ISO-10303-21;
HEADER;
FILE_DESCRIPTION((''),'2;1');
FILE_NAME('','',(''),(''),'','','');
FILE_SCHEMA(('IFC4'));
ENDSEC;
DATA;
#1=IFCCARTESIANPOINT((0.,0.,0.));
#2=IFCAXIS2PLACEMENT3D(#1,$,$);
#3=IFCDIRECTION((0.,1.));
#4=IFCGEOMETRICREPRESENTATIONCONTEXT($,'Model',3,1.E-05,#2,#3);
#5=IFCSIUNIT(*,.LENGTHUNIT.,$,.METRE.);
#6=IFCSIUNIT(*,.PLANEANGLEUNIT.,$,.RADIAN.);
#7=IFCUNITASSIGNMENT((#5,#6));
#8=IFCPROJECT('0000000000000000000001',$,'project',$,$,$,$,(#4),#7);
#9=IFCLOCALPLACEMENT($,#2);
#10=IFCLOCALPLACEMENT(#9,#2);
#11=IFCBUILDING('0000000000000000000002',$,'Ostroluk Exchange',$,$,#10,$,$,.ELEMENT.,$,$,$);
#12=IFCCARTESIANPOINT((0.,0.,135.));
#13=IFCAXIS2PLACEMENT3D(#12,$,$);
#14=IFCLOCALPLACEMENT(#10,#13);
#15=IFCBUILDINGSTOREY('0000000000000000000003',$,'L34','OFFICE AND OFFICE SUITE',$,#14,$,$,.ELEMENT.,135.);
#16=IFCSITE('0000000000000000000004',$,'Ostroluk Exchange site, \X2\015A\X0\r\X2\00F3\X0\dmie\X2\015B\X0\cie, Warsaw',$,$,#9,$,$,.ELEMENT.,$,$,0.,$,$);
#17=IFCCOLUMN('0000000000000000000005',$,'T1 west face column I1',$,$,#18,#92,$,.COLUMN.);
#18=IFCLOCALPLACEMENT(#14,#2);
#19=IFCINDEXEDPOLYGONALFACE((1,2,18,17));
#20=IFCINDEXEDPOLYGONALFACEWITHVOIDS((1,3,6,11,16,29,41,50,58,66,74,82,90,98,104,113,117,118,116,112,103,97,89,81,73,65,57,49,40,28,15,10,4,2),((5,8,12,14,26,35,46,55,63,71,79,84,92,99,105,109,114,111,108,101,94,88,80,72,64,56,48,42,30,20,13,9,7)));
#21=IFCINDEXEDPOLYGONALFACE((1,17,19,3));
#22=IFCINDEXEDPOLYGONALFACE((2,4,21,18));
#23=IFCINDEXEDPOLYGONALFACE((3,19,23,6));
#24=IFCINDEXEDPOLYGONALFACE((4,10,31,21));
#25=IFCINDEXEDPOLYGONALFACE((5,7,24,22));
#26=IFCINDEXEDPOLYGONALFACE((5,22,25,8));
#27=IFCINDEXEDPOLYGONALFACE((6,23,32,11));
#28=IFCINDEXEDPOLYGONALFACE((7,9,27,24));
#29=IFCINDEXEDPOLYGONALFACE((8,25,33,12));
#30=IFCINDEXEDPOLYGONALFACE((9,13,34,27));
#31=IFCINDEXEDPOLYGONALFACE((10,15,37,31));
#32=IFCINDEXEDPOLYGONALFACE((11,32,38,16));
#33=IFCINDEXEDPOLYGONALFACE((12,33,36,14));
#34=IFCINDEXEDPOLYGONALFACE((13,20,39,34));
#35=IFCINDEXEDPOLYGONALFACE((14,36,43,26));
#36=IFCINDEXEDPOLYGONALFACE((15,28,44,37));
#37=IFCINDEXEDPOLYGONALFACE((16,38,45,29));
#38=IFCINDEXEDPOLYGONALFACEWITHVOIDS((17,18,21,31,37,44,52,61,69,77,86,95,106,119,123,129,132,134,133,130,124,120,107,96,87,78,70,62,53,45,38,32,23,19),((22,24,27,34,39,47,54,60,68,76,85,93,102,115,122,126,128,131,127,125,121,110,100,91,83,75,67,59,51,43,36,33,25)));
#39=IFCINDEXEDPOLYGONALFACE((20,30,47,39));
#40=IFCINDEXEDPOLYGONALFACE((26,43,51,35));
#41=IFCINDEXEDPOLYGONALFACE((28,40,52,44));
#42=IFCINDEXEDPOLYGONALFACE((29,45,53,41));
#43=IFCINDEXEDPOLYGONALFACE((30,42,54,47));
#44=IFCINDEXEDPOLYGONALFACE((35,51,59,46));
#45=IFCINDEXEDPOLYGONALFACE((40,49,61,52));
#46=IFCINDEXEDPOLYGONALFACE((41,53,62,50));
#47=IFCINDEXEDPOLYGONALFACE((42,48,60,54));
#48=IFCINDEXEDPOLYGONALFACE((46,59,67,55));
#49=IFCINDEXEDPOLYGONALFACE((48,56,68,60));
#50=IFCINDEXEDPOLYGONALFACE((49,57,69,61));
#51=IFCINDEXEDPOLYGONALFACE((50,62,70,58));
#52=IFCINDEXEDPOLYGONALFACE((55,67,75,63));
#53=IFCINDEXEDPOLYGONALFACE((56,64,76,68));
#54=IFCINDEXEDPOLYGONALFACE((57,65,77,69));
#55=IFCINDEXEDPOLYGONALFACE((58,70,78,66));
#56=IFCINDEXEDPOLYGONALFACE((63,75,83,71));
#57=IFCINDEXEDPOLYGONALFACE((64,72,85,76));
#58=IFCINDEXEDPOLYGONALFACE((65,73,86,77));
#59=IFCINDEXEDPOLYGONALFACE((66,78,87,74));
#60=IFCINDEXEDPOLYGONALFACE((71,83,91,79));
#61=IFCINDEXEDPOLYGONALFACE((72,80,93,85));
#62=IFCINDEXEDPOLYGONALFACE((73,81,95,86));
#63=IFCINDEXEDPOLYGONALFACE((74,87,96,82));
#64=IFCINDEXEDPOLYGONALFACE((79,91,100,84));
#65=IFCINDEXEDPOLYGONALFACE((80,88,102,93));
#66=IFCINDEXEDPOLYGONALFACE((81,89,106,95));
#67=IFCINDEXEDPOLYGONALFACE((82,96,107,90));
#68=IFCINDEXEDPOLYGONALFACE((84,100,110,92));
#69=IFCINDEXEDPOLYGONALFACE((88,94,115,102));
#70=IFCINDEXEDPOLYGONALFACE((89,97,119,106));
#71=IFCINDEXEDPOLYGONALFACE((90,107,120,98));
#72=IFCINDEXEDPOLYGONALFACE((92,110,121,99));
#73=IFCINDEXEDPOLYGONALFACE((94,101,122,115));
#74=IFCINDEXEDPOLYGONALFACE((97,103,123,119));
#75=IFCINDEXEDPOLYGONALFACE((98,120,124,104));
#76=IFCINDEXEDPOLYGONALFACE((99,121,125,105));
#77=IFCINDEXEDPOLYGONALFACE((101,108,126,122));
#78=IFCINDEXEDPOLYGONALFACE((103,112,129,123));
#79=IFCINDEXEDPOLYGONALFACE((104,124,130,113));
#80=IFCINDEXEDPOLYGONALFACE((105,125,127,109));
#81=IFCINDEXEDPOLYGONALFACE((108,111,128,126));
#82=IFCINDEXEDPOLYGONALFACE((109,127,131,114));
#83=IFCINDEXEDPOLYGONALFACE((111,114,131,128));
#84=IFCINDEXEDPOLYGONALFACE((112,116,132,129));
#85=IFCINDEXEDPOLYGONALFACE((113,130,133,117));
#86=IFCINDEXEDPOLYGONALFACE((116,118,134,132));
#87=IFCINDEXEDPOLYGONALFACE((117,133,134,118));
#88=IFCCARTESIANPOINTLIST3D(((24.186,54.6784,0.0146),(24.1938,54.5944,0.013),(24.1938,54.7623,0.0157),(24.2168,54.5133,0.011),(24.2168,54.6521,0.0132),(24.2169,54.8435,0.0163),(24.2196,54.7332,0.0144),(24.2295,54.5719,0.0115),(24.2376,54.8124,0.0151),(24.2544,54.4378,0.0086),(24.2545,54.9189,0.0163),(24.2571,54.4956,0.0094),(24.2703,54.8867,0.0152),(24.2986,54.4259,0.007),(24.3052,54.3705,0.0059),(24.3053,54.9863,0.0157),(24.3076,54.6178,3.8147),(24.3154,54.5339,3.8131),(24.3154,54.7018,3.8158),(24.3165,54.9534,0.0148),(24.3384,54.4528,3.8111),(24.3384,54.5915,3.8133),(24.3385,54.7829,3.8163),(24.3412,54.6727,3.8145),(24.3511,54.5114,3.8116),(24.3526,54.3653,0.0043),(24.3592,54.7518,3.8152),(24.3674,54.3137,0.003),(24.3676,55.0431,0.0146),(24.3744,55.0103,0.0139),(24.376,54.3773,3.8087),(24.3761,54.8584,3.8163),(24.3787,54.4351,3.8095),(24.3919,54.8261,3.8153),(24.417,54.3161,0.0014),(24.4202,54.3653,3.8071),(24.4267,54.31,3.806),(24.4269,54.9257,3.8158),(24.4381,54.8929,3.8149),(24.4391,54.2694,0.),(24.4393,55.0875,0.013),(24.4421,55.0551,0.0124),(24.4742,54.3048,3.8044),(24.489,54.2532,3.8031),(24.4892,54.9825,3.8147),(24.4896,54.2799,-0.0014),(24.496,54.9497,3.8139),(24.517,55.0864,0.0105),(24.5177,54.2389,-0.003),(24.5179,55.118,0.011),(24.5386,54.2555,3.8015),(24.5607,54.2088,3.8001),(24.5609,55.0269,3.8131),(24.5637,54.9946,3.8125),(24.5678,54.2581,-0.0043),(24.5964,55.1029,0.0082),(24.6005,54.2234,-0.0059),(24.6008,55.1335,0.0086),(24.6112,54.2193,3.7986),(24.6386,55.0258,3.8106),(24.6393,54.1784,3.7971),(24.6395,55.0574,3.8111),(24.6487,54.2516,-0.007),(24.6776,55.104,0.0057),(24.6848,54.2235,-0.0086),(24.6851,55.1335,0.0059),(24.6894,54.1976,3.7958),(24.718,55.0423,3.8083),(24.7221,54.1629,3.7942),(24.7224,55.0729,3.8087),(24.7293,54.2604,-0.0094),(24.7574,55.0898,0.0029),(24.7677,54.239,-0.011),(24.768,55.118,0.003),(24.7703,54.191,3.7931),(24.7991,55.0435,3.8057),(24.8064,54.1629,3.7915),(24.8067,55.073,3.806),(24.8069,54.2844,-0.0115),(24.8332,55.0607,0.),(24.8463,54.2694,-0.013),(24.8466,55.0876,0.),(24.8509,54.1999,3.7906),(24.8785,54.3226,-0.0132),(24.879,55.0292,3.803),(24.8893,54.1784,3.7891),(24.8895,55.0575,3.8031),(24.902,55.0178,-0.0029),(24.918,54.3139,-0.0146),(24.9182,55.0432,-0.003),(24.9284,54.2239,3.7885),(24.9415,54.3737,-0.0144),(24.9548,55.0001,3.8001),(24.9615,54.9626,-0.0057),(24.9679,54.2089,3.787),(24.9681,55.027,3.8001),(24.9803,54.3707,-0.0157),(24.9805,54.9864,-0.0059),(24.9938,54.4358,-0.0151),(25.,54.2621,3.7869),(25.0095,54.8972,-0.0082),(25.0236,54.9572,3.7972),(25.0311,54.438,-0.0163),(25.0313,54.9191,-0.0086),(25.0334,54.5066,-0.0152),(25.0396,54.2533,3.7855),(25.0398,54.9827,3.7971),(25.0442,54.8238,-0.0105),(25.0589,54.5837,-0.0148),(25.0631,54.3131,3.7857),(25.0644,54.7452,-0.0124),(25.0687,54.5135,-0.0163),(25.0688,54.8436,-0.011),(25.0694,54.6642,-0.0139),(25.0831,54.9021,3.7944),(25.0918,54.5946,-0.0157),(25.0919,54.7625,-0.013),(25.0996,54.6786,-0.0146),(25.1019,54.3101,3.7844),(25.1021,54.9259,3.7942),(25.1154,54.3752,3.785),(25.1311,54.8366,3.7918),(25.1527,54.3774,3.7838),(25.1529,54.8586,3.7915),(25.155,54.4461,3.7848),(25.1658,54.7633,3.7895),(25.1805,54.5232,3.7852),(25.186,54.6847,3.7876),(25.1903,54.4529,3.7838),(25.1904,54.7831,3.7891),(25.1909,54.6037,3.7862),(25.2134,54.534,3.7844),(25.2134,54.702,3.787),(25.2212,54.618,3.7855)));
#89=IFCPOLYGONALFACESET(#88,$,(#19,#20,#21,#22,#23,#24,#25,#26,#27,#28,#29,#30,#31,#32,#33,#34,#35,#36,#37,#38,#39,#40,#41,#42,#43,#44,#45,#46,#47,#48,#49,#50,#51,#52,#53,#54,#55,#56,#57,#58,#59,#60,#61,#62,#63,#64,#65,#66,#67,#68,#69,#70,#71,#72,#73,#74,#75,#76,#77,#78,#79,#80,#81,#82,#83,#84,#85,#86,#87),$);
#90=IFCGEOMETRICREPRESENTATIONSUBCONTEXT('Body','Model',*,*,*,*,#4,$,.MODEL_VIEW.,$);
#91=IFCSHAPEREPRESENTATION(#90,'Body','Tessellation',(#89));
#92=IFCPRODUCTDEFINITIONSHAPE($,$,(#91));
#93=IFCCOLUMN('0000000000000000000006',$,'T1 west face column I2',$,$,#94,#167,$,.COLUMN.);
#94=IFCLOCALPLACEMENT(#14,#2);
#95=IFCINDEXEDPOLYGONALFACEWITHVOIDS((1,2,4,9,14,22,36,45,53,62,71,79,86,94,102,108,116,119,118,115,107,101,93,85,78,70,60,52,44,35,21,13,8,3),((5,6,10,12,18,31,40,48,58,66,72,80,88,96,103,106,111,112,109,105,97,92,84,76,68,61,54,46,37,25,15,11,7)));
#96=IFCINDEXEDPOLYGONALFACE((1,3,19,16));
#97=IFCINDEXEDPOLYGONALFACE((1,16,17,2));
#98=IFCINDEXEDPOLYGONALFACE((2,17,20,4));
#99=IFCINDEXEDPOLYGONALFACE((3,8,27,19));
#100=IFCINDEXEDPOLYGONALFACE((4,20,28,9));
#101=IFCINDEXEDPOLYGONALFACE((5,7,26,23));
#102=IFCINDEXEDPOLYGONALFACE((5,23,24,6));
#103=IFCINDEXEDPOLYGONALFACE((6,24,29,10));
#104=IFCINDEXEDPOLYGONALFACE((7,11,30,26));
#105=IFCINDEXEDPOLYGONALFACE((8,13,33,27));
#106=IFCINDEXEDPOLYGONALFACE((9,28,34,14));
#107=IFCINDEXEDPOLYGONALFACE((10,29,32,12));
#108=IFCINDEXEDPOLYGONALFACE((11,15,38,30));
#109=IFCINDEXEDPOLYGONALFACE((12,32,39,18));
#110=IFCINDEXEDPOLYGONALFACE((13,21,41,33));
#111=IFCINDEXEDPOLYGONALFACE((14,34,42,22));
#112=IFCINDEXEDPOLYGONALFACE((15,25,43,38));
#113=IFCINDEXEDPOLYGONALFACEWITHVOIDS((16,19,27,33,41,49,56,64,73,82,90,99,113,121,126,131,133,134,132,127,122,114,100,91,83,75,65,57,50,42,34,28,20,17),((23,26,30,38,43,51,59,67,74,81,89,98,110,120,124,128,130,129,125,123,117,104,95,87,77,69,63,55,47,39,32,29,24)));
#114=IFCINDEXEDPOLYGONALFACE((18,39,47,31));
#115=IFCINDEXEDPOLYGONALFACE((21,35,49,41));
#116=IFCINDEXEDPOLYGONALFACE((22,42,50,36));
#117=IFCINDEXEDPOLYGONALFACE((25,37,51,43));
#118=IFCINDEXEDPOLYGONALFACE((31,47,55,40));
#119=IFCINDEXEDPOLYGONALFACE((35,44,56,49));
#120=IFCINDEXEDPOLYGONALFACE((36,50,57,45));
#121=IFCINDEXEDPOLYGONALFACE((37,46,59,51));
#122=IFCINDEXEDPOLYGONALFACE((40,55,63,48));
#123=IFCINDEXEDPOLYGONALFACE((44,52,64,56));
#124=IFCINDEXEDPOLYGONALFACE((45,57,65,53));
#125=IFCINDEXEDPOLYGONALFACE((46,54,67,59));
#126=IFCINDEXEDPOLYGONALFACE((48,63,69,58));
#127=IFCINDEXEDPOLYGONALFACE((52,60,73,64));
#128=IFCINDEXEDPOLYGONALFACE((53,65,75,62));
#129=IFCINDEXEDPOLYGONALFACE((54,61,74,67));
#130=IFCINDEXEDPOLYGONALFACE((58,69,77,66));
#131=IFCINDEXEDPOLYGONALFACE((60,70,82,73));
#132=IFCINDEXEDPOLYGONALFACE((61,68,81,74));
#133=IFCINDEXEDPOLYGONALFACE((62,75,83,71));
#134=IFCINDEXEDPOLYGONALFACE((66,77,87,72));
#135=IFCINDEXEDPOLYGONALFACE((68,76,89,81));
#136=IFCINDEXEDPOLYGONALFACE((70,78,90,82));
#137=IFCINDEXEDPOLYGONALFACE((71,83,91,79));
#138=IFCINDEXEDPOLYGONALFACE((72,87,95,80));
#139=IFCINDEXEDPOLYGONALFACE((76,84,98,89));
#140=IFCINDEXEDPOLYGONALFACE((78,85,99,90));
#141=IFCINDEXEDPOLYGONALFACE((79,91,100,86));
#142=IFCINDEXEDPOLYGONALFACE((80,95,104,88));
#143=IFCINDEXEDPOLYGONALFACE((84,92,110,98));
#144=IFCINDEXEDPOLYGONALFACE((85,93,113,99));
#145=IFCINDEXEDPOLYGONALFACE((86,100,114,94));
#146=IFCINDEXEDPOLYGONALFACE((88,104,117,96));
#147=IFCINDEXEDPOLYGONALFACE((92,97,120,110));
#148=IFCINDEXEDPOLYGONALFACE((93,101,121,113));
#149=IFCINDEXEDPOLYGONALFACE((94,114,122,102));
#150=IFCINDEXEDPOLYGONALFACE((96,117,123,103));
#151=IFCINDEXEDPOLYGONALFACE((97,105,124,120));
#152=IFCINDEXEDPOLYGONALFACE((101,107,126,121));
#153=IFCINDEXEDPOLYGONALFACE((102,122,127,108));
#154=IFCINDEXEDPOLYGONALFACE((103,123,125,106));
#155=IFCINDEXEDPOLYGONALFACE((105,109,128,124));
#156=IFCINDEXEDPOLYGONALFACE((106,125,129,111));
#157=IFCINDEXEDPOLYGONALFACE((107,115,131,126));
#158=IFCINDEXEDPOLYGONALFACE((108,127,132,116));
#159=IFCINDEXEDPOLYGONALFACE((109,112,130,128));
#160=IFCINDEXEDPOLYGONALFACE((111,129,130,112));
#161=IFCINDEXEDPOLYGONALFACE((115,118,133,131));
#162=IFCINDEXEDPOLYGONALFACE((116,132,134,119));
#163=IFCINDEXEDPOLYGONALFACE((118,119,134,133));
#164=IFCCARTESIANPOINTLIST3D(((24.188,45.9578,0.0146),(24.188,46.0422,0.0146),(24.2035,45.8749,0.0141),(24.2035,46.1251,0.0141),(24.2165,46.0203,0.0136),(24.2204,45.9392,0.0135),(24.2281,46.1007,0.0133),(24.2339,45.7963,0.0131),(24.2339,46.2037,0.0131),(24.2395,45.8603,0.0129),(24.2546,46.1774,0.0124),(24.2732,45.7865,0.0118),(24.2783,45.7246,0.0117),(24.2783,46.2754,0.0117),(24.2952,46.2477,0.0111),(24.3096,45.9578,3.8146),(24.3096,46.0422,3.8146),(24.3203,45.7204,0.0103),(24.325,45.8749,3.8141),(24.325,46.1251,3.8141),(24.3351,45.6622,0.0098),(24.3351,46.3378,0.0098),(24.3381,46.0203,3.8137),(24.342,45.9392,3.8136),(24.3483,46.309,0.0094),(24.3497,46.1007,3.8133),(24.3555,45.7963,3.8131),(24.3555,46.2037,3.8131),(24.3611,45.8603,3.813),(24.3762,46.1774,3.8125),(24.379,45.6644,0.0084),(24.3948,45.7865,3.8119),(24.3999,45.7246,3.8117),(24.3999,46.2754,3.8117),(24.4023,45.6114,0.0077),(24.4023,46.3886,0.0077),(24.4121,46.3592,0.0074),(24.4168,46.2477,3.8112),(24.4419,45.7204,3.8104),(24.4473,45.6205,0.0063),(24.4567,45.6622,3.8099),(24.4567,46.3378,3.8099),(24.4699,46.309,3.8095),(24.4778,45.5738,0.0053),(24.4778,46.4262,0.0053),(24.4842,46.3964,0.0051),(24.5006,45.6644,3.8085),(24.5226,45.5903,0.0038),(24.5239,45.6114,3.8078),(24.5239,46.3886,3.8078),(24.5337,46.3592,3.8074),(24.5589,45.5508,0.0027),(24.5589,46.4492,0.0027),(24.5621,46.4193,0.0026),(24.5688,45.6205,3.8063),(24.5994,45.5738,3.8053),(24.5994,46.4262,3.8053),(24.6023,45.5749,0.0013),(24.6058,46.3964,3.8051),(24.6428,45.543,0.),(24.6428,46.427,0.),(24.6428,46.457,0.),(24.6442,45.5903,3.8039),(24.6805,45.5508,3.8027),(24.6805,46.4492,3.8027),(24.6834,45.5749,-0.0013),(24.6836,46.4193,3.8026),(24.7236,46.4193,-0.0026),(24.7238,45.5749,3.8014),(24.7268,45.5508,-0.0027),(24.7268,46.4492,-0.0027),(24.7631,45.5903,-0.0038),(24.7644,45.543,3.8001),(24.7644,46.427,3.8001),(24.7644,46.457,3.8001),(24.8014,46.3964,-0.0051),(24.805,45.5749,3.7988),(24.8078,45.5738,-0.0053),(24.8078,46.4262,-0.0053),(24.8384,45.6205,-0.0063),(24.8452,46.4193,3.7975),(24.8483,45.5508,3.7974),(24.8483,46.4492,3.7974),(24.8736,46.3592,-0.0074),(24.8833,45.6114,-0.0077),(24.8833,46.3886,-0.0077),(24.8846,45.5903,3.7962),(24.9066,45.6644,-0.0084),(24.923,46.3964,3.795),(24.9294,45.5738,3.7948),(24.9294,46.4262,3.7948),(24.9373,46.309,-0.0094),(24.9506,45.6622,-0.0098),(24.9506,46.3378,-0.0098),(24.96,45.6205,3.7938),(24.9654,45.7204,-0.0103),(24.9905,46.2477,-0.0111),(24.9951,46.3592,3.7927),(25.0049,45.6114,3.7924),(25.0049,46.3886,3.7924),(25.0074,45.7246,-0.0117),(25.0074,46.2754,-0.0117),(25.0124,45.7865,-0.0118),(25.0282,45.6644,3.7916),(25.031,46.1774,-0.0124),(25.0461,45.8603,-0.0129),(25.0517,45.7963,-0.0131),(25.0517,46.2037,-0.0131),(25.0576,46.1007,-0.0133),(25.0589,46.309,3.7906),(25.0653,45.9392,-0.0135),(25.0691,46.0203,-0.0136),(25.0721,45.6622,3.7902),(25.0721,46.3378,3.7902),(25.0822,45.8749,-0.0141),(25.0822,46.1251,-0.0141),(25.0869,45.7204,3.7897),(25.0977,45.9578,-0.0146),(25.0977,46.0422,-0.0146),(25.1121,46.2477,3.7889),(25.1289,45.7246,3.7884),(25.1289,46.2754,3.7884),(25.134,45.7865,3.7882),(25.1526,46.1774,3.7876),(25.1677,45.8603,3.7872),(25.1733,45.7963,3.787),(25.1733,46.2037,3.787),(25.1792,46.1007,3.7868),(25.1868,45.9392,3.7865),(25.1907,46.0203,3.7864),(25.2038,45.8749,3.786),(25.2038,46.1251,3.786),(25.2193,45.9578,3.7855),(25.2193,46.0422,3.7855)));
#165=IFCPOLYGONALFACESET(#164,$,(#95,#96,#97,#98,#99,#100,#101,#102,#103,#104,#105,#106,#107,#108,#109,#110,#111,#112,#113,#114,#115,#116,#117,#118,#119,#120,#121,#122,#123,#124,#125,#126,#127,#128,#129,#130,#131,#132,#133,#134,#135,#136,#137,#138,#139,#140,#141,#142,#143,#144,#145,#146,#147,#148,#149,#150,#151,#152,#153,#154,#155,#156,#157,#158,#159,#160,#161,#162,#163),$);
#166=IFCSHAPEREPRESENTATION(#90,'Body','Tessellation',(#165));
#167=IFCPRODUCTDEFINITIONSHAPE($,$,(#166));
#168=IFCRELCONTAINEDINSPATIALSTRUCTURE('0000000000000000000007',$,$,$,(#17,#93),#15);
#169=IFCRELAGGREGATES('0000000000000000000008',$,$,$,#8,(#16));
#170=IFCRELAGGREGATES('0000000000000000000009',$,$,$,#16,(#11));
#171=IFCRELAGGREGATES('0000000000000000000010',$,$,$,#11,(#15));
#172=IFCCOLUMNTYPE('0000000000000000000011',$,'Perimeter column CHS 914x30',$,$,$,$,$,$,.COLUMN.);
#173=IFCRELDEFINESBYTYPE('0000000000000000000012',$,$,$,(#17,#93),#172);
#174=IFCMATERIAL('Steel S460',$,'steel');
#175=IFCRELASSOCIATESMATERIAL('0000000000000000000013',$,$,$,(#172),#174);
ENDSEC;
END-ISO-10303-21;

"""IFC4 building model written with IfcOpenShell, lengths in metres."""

from ifc_helpers import new_model, si_unit, direction, frame, origin, origin_2d, place, context, subcontext, project, spatial, hollow_circle, extrude, material, material_profile, profile_set, type_object, element, save


model = new_model("IFC4")

# Units and contexts
model_context = context("Model", 3, precision=1e-05, world=origin(), true_north=direction((0.0, 1.0)))
body_context = subcontext(model_context, "Body", "Model", "MODEL_VIEW")
ifc_project = project(units=[si_unit("LENGTHUNIT", "METRE"), si_unit("PLANEANGLEUNIT", "RADIAN")], contexts=[model_context])

# Site, building, storey
site_placement = place(None, origin())
site = spatial("IfcSite", under=ifc_project, at=site_placement, Name="Ostroluk Exchange site, Śródmieście, Warsaw", CompositionType="ELEMENT", RefElevation=0.0)
building_placement = place(site_placement, origin())
building = spatial("IfcBuilding", under=site, at=building_placement, Name="Ostroluk Exchange", CompositionType="ELEMENT")
storey_placement = place(building_placement, frame((0.0, 0.0, 135.0)))
storey = spatial("IfcBuildingStorey", under=building, at=storey_placement, Name="L34", Description="OFFICE AND OFFICE SUITE", CompositionType="ELEMENT", Elevation=135.0)

# Columns
ifc_material_1 = material(Name="Steel S460", Category="steel")
ifc_material_profile_1 = material_profile(ifc_material_1, hollow_circle(Radius=0.457, WallThickness=0.03, at=origin_2d()), Name="CHS 914x30")
ifc_profile_set_1 = profile_set([ifc_material_profile_1], Name="Steel S460")
column_type = type_object("IfcColumnType", Name="Perimeter column CHS 914x30", PredefinedType="COLUMN", material=ifc_profile_set_1)
column_1_placement = place(storey_placement, frame((24.6428, 54.6785, 0.0), z_axis=(0.031974, -0.015923, 0.999362), x_axis=(0.445775, 0.895145, 0.0)))
element("IfcColumn", 1, at=column_1_placement, inside=storey, type_object=column_type, Name="T1 west face column I1", PredefinedType="COLUMN", context=body_context, shape_type="SweptSolid", body=[
    extrude(hollow_circle(Radius=0.457, WallThickness=0.03, at=origin_2d()), origin(), (0.0, 0.0, 1.0), 3.8025),
])
column_2_placement = place(storey_placement, frame((24.6428, 46.0, 0.0), z_axis=(0.031978, 0.0, 0.999489), x_axis=(0.0, 1.0, 0.0)))
element("IfcColumn", 2, at=column_2_placement, inside=storey, type_object=column_type, Name="T1 west face column I2", PredefinedType="COLUMN", context=body_context, shape_type="SweptSolid", body=[
    extrude(hollow_circle(Radius=0.457, WallThickness=0.03, at=origin_2d()), origin(), (0.0, 0.0, 1.0), 3.802),
])

save(model, "model.ifc")
